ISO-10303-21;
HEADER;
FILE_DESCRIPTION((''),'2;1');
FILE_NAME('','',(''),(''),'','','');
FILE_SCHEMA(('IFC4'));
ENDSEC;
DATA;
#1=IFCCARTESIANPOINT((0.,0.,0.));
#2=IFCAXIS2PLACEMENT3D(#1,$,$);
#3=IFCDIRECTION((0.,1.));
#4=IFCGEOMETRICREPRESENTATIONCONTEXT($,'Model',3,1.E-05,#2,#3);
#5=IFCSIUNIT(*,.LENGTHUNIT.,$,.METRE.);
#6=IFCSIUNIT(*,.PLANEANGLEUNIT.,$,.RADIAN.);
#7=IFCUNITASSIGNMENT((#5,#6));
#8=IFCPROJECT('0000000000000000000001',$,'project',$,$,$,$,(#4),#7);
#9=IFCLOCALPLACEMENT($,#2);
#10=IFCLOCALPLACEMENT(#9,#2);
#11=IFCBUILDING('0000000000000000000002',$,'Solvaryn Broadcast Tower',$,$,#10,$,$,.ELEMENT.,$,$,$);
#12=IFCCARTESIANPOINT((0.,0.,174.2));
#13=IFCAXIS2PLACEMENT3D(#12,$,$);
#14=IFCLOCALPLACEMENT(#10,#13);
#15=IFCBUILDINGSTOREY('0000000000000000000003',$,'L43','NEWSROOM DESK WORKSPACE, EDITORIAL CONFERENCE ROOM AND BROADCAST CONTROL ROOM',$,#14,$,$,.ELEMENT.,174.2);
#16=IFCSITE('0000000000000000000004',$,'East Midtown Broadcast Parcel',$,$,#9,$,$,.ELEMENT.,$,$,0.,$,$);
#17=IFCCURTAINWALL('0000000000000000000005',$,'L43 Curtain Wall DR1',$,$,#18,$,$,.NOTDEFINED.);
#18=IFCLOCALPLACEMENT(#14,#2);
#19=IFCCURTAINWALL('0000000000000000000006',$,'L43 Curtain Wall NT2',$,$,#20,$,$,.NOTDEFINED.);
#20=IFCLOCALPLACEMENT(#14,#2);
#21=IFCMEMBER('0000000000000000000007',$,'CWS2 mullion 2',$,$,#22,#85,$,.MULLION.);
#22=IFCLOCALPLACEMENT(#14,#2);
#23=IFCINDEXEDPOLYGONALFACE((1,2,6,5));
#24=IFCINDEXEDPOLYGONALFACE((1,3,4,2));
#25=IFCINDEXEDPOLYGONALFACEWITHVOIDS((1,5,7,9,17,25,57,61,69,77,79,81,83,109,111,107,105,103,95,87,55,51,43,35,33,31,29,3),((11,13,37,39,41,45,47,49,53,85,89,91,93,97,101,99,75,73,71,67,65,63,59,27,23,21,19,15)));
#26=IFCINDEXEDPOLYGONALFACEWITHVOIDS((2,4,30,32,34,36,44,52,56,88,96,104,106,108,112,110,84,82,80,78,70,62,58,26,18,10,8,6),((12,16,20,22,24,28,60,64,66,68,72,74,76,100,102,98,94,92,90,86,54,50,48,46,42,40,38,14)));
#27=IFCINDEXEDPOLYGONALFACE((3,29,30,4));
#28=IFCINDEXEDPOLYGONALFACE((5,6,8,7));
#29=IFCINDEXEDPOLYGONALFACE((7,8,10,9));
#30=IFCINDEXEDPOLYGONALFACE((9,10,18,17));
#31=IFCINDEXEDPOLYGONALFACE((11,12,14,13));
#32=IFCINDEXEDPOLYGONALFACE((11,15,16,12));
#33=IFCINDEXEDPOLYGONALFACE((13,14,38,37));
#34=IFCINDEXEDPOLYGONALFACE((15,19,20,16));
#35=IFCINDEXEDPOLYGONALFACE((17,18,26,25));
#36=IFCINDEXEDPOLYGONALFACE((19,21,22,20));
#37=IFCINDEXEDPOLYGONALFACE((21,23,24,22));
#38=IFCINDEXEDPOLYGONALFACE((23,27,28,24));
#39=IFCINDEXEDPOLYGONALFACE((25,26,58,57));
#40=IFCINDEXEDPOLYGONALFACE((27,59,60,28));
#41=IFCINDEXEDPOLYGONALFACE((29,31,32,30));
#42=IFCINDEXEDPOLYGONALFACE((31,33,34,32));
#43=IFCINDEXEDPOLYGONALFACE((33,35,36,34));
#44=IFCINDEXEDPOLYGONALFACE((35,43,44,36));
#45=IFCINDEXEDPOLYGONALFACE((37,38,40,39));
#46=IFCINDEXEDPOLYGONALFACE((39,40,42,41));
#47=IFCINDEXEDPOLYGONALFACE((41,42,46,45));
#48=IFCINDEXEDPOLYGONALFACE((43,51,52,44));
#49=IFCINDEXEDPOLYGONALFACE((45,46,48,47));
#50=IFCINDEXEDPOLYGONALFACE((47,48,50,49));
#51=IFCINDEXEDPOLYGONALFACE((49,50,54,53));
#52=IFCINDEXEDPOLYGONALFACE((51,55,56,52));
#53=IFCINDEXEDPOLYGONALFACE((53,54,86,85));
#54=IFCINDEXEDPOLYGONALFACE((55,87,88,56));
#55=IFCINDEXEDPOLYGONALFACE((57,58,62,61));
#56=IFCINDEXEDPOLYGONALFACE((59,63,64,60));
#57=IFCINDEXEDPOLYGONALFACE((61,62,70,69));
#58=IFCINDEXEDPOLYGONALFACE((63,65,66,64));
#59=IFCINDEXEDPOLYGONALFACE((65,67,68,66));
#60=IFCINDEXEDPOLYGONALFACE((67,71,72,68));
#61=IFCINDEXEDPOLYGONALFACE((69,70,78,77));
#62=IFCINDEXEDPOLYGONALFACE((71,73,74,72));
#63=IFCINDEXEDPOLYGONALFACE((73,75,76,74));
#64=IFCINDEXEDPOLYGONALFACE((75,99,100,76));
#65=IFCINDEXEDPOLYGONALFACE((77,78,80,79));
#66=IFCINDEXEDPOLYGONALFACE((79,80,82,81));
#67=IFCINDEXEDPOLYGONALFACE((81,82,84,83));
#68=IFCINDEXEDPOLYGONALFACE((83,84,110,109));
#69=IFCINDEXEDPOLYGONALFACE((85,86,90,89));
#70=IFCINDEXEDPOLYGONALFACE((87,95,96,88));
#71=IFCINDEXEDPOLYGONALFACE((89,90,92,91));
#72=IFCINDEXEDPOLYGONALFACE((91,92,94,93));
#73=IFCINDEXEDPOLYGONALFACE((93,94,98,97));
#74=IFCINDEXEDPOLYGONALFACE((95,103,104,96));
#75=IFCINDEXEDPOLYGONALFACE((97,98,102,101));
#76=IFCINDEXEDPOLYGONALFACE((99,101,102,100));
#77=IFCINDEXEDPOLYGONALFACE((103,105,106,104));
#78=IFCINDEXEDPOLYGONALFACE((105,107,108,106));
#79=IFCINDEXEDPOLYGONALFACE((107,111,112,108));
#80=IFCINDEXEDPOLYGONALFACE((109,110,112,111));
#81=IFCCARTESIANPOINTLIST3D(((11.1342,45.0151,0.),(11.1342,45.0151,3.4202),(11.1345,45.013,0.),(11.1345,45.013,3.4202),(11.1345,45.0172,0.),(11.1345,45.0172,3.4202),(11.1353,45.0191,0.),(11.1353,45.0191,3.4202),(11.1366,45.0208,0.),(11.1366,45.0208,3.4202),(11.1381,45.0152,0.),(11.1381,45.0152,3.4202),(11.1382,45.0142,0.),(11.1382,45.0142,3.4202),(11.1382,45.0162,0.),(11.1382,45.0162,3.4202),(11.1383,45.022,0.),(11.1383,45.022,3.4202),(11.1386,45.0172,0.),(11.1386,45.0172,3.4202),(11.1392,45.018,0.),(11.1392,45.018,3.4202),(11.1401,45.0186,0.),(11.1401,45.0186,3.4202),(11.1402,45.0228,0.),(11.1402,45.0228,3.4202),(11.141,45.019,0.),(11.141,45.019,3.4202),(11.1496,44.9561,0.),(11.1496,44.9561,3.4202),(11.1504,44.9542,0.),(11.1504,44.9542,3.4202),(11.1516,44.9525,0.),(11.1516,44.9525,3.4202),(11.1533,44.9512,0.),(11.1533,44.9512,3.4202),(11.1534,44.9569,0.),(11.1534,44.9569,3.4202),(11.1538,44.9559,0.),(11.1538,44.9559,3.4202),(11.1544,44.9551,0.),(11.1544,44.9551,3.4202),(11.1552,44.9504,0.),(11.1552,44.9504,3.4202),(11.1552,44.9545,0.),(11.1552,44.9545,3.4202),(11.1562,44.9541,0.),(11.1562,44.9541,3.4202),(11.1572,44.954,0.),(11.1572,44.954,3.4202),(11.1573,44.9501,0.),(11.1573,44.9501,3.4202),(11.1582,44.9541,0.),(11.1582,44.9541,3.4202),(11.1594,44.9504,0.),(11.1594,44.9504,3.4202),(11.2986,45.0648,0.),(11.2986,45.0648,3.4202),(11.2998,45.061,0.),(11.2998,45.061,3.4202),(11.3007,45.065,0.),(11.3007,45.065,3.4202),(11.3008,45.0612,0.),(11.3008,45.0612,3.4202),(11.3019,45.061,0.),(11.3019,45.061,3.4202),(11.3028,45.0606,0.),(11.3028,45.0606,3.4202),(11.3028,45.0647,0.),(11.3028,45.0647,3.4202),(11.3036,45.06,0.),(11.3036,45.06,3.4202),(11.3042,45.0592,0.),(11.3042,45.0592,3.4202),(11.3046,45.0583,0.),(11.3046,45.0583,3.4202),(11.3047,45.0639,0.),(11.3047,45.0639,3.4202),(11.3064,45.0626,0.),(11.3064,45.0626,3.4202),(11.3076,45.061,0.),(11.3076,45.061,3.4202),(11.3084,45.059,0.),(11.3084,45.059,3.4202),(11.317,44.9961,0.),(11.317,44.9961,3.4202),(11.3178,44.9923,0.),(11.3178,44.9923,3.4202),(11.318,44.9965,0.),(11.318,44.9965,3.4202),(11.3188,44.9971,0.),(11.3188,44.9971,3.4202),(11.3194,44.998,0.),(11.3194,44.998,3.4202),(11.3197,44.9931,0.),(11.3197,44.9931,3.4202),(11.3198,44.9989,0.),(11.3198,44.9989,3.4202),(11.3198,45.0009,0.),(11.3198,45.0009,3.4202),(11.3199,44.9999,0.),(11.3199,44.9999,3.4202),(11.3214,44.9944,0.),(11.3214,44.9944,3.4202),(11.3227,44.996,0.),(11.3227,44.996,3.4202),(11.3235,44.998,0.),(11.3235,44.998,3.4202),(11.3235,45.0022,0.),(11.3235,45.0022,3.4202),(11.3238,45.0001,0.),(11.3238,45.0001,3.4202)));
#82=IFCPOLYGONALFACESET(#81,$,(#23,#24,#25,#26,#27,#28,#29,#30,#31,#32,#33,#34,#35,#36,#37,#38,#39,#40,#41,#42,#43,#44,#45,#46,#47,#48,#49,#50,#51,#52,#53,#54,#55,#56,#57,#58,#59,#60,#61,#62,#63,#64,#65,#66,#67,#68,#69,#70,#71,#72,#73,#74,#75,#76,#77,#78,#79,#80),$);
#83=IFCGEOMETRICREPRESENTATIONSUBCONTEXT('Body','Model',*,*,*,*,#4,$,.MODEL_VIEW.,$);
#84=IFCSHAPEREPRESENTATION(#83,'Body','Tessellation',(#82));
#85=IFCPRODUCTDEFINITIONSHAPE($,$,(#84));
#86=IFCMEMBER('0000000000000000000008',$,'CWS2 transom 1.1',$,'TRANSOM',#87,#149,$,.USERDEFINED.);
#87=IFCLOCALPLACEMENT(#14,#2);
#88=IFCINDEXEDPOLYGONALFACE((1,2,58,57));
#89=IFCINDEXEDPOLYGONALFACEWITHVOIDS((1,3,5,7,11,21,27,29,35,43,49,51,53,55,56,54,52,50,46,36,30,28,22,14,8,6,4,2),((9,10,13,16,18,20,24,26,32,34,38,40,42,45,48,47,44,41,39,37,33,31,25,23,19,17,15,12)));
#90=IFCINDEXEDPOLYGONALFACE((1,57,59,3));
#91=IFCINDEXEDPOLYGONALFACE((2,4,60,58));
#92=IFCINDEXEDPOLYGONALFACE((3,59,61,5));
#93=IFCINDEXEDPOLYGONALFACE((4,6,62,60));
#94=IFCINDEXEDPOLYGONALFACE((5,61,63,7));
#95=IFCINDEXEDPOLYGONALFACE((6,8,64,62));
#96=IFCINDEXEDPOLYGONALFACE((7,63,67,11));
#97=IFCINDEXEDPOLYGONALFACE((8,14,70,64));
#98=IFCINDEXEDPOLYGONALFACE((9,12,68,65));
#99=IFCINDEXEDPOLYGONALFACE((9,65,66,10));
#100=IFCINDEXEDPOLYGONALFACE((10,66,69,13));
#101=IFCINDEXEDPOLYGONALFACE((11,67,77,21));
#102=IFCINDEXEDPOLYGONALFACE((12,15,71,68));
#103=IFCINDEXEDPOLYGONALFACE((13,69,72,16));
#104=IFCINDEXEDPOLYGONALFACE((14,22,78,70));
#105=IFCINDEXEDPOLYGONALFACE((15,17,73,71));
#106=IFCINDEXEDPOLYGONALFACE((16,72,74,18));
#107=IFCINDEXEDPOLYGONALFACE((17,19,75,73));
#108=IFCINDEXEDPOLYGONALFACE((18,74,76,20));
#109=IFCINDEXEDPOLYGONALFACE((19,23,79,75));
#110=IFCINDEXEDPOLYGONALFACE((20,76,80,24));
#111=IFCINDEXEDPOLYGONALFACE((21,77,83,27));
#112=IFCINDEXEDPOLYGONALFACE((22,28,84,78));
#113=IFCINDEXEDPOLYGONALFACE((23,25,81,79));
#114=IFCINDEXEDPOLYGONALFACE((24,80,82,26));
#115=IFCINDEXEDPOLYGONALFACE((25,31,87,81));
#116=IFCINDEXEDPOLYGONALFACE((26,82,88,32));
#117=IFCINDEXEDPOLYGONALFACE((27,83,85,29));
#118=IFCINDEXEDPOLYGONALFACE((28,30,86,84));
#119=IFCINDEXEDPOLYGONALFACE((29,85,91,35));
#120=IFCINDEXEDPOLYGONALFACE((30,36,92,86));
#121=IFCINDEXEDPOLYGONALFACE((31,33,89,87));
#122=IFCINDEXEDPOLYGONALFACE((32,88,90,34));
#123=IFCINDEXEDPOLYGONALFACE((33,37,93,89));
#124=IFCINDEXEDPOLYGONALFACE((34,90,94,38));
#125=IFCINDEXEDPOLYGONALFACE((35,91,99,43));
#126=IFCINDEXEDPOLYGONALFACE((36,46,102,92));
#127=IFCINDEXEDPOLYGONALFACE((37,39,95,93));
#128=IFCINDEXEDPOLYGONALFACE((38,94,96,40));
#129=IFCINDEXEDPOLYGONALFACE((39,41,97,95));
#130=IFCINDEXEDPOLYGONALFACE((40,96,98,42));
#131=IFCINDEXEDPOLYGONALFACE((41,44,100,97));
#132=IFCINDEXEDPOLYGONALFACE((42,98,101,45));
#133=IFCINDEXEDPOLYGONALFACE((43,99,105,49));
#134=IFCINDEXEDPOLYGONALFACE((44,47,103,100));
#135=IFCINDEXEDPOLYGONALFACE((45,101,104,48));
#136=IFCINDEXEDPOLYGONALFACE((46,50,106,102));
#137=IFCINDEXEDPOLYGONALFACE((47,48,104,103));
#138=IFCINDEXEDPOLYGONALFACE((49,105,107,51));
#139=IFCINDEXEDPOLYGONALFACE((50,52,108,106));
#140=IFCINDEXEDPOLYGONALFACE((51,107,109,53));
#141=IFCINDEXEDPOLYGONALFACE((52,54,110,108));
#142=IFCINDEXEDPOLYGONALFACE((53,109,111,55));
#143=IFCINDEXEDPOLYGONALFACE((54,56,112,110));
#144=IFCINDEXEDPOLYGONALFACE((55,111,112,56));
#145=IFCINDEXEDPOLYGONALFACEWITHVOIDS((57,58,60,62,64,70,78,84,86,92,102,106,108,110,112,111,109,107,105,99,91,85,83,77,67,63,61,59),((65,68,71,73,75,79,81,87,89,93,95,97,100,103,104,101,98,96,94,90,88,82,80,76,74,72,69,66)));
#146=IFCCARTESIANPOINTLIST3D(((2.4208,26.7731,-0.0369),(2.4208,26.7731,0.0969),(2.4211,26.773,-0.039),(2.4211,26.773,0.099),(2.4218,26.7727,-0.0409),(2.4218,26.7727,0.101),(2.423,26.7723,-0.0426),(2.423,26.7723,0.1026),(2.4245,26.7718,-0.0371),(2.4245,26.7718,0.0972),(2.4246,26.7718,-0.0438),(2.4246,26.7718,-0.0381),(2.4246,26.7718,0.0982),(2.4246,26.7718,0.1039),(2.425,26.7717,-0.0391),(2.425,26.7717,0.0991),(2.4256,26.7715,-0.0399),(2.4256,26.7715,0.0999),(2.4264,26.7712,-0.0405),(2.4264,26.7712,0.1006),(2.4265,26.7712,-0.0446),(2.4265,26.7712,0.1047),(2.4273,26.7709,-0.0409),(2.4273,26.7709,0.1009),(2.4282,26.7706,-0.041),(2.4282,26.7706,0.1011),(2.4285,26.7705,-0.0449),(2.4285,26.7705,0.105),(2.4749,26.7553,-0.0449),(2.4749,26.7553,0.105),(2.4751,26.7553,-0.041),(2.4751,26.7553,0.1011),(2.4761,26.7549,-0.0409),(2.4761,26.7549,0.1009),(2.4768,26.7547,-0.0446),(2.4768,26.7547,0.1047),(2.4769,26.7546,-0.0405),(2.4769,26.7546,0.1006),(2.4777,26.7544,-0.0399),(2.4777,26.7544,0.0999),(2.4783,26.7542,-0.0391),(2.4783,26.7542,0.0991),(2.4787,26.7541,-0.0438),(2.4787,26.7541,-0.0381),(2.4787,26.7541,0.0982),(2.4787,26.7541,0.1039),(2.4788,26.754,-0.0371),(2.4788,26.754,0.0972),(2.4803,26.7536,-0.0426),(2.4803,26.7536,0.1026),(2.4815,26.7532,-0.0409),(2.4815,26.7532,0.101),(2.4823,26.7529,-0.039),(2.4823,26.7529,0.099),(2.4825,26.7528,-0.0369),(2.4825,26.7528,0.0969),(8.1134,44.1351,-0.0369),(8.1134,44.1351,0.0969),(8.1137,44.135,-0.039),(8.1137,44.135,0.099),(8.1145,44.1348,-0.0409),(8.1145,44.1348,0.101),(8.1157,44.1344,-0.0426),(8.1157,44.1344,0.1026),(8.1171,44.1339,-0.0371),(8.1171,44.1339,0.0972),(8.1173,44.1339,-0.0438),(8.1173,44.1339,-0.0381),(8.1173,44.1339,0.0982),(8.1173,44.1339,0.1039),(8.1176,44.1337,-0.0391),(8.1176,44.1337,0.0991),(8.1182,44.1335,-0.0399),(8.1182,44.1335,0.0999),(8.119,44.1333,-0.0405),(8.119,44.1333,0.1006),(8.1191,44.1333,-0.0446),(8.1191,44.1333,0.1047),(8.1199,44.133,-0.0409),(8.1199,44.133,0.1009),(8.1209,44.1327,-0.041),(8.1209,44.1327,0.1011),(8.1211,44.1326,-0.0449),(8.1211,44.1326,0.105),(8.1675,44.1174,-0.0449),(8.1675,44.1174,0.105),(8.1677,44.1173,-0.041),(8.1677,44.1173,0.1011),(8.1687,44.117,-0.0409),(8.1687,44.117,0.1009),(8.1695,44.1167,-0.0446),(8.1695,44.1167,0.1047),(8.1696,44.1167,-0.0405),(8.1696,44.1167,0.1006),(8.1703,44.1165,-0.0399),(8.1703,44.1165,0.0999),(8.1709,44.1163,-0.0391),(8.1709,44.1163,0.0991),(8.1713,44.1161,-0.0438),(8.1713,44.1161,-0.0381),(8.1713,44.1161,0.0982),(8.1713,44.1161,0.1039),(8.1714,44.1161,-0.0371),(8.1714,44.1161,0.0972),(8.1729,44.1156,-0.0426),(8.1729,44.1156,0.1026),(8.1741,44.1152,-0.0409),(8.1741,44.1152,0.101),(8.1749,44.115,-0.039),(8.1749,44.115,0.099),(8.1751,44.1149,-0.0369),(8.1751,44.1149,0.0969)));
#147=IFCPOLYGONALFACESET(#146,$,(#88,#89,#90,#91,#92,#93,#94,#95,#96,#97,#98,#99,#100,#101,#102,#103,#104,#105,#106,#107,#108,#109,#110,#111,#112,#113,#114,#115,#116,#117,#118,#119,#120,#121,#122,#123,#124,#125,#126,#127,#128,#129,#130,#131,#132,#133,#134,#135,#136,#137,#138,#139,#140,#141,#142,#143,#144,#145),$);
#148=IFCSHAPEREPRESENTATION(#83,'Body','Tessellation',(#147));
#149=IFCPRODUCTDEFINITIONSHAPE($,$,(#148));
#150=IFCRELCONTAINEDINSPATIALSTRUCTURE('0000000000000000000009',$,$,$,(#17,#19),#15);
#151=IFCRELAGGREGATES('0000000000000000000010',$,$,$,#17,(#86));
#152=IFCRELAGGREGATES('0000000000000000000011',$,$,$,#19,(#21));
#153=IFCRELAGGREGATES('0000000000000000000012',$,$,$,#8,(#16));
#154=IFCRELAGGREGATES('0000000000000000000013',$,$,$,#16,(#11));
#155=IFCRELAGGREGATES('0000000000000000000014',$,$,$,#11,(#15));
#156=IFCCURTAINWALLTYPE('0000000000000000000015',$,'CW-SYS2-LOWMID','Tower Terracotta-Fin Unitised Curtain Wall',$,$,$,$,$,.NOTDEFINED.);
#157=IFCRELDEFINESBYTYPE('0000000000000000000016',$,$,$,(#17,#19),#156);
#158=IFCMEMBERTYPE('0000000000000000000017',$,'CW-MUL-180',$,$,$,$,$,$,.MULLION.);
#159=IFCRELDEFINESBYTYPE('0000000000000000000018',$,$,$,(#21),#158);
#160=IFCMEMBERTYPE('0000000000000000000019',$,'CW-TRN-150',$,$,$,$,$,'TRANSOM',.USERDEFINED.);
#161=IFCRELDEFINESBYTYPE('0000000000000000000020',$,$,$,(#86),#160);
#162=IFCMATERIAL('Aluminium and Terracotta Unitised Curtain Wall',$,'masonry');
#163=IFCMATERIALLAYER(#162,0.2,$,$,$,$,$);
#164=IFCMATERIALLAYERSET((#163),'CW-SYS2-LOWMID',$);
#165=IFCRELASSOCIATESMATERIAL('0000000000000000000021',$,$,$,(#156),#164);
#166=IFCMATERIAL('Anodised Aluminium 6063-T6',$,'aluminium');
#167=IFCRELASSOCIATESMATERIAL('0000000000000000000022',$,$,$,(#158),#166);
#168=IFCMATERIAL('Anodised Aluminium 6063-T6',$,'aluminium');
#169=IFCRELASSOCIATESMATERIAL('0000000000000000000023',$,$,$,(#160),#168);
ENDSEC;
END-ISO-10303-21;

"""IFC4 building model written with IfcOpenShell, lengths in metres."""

from ifc_helpers import new_model, si_unit, direction, frame, origin, origin_2d, place, context, subcontext, project, spatial, hollow_rectangle, extrude, material, layer, layer_set, material_profile, profile_set, type_object, element, aggregate, save


model = new_model("IFC4")

# Units and contexts
model_context = context("Model", 3, precision=1e-05, world=origin(), true_north=direction((0.0, 1.0)))
body_context = subcontext(model_context, "Body", "Model", "MODEL_VIEW")
ifc_project = project(units=[si_unit("LENGTHUNIT", "METRE"), si_unit("PLANEANGLEUNIT", "RADIAN")], contexts=[model_context])

# Site, building, storey
site_placement = place(None, origin())
site = spatial("IfcSite", under=ifc_project, at=site_placement, Name="East Midtown Broadcast Parcel", CompositionType="ELEMENT", RefElevation=0.0)
building_placement = place(site_placement, origin())
building = spatial("IfcBuilding", under=site, at=building_placement, Name="Solvaryn Broadcast Tower", CompositionType="ELEMENT")
storey_placement = place(building_placement, frame((0.0, 0.0, 174.2)))
storey = spatial("IfcBuildingStorey", under=building, at=storey_placement, Name="L43", Description="NEWSROOM DESK WORKSPACE, EDITORIAL CONFERENCE ROOM AND BROADCAST CONTROL ROOM", CompositionType="ELEMENT", Elevation=174.2)

# Curtain walls, member
ifc_material_1 = material(Name="Aluminium and Terracotta Unitised Curtain Wall", Category="masonry")
ifc_layer_1 = layer(ifc_material_1, 0.2)
ifc_layer_set_1 = layer_set([ifc_layer_1], Name="CW-SYS2-LOWMID")
curtain_wall_type = type_object("IfcCurtainWallType", Name="CW-SYS2-LOWMID", Description="Tower Terracotta-Fin Unitised Curtain Wall", PredefinedType="NOTDEFINED", material=ifc_layer_set_1)
curtain_wall_1_placement = place(storey_placement, origin())
curtain_wall_1 = element("IfcCurtainWall", 1, at=curtain_wall_1_placement, inside=storey, type_object=curtain_wall_type, Name="L43 Curtain Wall DR1", PredefinedType="NOTDEFINED")
ifc_material_2 = material(Name="Anodised Aluminium 6063-T6", Category="aluminium")
ifc_material_profile_1 = material_profile(ifc_material_2, hollow_rectangle(XDim=0.075, YDim=0.1799, WallThickness=0.0039, InnerFilletRadius=0.0039, OuterFilletRadius=0.0081, at=origin_2d()))
ifc_profile_set_1 = profile_set([ifc_material_profile_1], Name="Anodised Aluminium 6063-T6")
member_type_1 = type_object("IfcMemberType", Name="CW-MUL-180", PredefinedType="MULLION", material=ifc_profile_set_1)
curtain_wall_2_placement = place(storey_placement, origin())
curtain_wall_2 = element("IfcCurtainWall", 2, at=curtain_wall_2_placement, inside=storey, type_object=curtain_wall_type, Name="L43 Curtain Wall NT2", PredefinedType="NOTDEFINED")
member_1_placement = place(storey_placement, frame((11.229, 45.0076, 0.0), z_axis=(0.0, 0.0, 1.0), x_axis=(0.255893, -0.966705, 0.0)))
member_1 = element("IfcMember", 3, at=member_1_placement, type_object=member_type_1, Name="CWS2 mullion 2", PredefinedType="MULLION", context=body_context, shape_type="SweptSolid", body=[
    extrude(hollow_rectangle(XDim=0.075, YDim=0.1799, WallThickness=0.0039, InnerFilletRadius=0.0039, OuterFilletRadius=0.0081, at=origin_2d()), origin(), (0.0, 0.0, 1.0), 3.4202),
])

# Member
ifc_material_3 = material(Name="Anodised Aluminium 6063-T6", Category="aluminium")
ifc_material_profile_2 = material_profile(ifc_material_3, hollow_rectangle(XDim=0.0649, YDim=0.1499, WallThickness=0.0039, InnerFilletRadius=0.0039, OuterFilletRadius=0.0081, at=origin_2d()))
ifc_profile_set_2 = profile_set([ifc_material_profile_2], Name="Anodised Aluminium 6063-T6")
member_type_2 = type_object("IfcMemberType", Name="CW-TRN-150", ElementType="TRANSOM", PredefinedType="USERDEFINED", material=ifc_profile_set_2)
member_2_placement = place(storey_placement, frame((8.1443, 44.125, 0.03), z_axis=(-0.311558, -0.950227, 0.0), x_axis=(0.950227, -0.311558, 0.0)))
member_2 = element("IfcMember", 4, at=member_2_placement, type_object=member_type_2, Name="CWS2 transom 1.1", ObjectType="TRANSOM", PredefinedType="USERDEFINED", context=body_context, shape_type="SweptSolid", body=[
    extrude(hollow_rectangle(XDim=0.0649, YDim=0.1499, WallThickness=0.0039, InnerFilletRadius=0.0039, OuterFilletRadius=0.0081, at=origin_2d()), origin(), (0.0, 0.0, 1.0), 18.2715),
])
aggregate(curtain_wall_1, [member_2])

aggregate(curtain_wall_2, [member_1])

save(model, "model.ifc")
